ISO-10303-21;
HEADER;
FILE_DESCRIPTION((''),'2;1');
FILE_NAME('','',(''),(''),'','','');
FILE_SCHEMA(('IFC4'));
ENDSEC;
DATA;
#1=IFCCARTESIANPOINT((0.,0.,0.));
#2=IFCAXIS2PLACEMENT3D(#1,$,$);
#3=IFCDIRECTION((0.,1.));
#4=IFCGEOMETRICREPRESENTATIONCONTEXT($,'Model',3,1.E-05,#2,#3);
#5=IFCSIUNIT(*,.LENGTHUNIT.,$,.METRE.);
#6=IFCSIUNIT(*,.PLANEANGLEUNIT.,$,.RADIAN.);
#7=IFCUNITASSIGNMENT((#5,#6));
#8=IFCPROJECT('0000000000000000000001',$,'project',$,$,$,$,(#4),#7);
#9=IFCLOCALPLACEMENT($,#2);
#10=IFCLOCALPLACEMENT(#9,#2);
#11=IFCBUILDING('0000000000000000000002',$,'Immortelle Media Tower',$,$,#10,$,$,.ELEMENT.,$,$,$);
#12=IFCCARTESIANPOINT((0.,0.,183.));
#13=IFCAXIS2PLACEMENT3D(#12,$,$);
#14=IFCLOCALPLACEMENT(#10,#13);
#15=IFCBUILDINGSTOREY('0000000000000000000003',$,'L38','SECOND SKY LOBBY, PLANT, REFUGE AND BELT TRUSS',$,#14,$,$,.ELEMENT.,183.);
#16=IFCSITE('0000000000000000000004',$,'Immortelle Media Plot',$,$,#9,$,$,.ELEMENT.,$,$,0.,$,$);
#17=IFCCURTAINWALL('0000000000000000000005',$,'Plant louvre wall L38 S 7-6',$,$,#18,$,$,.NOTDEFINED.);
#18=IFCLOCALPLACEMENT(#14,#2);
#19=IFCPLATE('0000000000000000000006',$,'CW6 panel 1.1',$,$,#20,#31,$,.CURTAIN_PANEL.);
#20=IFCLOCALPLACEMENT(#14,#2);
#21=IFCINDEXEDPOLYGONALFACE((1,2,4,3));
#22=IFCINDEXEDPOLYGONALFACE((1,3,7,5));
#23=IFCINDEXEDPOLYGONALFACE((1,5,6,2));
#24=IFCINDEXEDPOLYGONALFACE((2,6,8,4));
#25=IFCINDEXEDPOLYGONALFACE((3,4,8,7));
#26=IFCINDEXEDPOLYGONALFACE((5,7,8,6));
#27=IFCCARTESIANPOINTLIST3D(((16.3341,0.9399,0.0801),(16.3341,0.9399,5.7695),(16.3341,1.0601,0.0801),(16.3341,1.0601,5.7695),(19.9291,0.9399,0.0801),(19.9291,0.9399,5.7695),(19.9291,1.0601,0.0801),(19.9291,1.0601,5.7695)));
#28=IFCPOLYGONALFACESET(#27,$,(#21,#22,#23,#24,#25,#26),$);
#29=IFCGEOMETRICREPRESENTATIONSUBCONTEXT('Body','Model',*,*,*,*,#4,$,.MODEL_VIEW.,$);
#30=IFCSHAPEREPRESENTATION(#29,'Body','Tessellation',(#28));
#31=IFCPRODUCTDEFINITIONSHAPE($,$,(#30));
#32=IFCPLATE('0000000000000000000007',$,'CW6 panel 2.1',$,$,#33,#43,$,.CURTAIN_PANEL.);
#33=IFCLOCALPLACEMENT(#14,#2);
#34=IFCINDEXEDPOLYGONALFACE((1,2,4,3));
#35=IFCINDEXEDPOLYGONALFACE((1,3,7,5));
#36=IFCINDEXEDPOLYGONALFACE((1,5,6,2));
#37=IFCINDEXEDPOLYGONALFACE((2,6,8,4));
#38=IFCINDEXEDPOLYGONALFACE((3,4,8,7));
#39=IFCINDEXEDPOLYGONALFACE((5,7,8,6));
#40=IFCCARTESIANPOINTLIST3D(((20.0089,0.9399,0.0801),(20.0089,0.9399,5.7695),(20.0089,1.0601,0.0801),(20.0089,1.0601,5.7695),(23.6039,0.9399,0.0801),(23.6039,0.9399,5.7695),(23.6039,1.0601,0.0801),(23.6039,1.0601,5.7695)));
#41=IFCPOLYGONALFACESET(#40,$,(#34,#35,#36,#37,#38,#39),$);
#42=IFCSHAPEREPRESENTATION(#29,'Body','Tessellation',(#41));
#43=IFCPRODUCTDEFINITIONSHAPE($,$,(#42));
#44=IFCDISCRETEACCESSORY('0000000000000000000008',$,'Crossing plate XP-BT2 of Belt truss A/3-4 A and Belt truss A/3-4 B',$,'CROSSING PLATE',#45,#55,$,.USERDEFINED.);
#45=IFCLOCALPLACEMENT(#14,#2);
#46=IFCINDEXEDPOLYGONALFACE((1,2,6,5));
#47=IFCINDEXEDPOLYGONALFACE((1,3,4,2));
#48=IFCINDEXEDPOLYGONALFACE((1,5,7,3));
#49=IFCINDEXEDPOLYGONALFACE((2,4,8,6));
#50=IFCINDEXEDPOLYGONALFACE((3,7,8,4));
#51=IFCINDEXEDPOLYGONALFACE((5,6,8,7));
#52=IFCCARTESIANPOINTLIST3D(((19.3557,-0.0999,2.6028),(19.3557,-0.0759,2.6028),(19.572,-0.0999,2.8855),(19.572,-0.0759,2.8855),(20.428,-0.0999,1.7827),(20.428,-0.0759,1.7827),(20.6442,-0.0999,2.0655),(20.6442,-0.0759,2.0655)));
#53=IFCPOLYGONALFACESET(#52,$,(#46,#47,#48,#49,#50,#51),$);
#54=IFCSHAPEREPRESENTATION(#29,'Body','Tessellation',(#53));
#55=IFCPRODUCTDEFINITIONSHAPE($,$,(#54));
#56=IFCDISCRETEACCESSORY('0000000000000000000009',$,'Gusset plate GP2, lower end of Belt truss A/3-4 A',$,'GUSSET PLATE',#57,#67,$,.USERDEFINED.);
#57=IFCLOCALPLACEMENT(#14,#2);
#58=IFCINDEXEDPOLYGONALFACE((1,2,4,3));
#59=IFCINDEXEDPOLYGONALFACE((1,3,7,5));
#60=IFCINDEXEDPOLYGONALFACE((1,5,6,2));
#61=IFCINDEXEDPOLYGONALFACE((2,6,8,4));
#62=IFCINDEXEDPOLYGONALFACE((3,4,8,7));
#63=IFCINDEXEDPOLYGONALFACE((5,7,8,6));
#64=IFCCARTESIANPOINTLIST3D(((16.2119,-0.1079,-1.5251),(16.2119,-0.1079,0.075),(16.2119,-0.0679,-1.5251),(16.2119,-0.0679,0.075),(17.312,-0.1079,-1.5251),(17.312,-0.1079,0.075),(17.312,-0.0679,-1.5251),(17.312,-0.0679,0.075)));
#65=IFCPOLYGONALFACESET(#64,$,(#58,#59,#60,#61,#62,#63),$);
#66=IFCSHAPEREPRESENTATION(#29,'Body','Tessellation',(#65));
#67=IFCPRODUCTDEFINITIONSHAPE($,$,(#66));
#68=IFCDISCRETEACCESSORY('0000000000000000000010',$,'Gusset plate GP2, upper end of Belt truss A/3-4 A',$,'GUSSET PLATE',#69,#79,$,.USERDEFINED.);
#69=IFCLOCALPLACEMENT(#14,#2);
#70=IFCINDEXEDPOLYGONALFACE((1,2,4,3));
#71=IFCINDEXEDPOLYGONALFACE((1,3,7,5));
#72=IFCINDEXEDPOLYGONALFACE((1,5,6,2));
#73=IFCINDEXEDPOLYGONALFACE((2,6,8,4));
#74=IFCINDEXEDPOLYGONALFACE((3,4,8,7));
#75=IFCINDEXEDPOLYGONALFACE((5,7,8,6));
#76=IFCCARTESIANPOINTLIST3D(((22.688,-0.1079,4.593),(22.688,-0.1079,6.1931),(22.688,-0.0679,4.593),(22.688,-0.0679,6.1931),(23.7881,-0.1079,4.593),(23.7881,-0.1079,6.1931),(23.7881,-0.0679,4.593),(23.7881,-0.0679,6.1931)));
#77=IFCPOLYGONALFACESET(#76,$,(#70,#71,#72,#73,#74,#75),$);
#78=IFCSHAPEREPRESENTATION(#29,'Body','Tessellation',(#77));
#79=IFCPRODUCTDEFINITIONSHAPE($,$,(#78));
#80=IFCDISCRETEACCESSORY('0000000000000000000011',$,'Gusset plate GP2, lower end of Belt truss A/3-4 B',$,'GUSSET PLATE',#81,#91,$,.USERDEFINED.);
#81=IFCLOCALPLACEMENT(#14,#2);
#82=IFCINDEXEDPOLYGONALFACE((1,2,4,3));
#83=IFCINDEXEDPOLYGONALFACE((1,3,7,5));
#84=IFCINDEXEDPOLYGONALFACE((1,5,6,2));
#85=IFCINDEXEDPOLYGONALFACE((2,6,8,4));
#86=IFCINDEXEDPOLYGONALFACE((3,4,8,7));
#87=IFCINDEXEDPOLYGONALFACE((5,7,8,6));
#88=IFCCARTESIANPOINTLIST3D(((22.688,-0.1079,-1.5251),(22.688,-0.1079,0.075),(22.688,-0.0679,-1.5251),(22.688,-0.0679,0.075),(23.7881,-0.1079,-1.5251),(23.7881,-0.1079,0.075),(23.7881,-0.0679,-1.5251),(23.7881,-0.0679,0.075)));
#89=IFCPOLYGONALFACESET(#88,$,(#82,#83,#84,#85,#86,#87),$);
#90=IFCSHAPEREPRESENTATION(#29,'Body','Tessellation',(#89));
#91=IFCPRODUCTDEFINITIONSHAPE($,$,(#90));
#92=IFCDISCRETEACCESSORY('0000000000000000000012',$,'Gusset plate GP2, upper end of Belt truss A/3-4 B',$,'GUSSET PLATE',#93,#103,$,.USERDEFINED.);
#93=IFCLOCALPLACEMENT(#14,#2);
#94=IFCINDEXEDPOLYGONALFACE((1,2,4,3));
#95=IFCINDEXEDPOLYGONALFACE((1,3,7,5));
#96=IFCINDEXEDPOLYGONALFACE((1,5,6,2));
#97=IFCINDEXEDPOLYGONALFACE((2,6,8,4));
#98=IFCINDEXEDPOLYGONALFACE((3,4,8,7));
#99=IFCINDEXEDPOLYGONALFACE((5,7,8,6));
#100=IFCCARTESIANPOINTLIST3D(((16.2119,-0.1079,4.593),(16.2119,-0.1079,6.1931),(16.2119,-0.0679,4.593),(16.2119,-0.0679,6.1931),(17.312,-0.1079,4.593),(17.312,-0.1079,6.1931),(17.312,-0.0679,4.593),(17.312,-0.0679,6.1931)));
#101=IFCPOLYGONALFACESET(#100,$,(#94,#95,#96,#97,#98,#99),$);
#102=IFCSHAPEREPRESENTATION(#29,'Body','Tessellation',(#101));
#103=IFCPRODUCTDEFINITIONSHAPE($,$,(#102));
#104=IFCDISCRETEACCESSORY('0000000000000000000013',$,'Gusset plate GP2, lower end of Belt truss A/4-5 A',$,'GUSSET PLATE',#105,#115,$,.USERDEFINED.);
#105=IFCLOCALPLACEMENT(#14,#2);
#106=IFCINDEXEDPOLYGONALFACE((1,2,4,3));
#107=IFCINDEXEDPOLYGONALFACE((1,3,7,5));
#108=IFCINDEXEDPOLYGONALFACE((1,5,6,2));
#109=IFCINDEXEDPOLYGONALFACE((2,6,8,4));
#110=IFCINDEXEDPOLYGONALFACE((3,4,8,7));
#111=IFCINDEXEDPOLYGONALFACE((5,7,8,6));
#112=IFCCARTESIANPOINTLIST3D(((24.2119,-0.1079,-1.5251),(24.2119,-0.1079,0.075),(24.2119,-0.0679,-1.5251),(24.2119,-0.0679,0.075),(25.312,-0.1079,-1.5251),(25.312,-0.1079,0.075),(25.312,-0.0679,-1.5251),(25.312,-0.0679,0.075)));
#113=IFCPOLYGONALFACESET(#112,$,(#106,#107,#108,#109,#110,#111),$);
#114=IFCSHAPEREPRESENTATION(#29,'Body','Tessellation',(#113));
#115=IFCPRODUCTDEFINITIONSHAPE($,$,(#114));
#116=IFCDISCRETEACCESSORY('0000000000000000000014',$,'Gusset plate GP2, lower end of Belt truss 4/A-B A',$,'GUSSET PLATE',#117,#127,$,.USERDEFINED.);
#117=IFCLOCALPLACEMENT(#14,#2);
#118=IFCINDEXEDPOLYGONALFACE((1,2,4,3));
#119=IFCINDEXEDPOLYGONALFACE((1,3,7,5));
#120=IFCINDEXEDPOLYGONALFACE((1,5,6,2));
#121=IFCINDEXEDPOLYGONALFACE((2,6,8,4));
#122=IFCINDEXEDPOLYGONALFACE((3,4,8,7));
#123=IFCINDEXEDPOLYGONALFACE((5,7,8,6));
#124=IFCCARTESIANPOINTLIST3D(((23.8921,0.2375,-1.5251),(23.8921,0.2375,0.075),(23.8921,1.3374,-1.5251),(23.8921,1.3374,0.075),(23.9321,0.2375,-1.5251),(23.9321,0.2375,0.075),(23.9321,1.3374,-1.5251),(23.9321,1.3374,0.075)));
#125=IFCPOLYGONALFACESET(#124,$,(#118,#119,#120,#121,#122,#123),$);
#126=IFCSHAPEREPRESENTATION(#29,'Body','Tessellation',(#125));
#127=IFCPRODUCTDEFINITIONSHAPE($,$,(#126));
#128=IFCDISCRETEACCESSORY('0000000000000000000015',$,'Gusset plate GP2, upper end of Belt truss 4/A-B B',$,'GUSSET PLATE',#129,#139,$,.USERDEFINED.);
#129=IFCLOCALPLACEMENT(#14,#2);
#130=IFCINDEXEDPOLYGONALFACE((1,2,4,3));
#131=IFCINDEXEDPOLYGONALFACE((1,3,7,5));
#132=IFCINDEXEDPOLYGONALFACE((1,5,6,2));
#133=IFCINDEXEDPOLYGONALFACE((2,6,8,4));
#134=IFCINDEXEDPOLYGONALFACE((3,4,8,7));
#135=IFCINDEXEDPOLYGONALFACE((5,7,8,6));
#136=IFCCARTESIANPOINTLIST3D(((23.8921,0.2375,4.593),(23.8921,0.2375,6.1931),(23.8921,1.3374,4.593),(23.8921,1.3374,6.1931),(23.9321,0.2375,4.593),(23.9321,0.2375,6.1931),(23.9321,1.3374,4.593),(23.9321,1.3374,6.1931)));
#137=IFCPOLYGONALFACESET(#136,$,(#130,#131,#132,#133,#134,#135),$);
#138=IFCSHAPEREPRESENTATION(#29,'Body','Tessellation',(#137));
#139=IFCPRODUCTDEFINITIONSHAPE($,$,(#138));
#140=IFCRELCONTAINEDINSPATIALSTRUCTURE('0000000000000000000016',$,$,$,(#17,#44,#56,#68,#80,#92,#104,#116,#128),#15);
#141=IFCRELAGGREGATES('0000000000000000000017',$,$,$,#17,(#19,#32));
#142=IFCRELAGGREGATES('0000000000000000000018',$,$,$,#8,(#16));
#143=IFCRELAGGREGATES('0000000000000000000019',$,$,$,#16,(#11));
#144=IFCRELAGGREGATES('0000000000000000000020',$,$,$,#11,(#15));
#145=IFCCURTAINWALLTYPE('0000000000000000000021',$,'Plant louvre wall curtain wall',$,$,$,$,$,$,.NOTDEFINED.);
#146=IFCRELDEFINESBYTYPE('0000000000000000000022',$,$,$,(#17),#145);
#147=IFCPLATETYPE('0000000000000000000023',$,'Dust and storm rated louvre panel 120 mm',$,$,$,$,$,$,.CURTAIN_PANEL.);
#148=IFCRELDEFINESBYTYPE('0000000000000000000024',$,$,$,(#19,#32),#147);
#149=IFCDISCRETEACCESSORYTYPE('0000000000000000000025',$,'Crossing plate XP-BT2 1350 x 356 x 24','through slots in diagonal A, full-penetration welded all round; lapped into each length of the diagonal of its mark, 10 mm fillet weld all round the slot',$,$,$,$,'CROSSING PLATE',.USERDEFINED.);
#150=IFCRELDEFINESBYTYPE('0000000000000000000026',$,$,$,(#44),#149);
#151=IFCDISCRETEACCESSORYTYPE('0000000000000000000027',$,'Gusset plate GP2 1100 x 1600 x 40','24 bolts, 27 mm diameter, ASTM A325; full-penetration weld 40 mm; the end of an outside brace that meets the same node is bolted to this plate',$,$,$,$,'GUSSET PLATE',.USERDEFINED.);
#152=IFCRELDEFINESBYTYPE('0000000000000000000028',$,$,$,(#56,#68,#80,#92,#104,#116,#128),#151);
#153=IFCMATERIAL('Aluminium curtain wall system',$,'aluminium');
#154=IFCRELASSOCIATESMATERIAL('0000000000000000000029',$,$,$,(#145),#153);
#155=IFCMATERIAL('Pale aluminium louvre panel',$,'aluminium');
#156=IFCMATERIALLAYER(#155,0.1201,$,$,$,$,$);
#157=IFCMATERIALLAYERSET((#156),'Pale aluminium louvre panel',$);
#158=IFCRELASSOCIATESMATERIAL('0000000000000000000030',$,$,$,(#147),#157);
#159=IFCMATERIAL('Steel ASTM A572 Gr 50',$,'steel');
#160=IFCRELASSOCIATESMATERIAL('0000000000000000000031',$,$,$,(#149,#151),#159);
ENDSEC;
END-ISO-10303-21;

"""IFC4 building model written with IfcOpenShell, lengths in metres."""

from ifc_helpers import new_model, si_unit, direction, frame, origin, origin_2d, place, context, subcontext, project, spatial, rectangle, extrude, material, layer, layer_set, material_profile, profile_set, type_object, element, aggregate, save


model = new_model("IFC4")

# Units and contexts
model_context = context("Model", 3, precision=1e-05, world=origin(), true_north=direction((0.0, 1.0)))
body_context = subcontext(model_context, "Body", "Model", "MODEL_VIEW")
ifc_project = project(units=[si_unit("LENGTHUNIT", "METRE"), si_unit("PLANEANGLEUNIT", "RADIAN")], contexts=[model_context])

# Site, building, storey
site_placement = place(None, origin())
site = spatial("IfcSite", under=ifc_project, at=site_placement, Name="Immortelle Media Plot", CompositionType="ELEMENT", RefElevation=0.0)
building_placement = place(site_placement, origin())
building = spatial("IfcBuilding", under=site, at=building_placement, Name="Immortelle Media Tower", CompositionType="ELEMENT")
storey_placement = place(building_placement, frame((0.0, 0.0, 183.0)))
storey = spatial("IfcBuildingStorey", under=building, at=storey_placement, Name="L38", Description="SECOND SKY LOBBY, PLANT, REFUGE AND BELT TRUSS", CompositionType="ELEMENT", Elevation=183.0)

# Curtain wall
ifc_material_1 = material(Name="Aluminium curtain wall system", Category="aluminium")
curtain_wall_type = type_object("IfcCurtainWallType", Name="Plant louvre wall curtain wall", PredefinedType="NOTDEFINED", material=ifc_material_1)
curtain_wall_placement = place(storey_placement, origin())
curtain_wall = element("IfcCurtainWall", 1, at=curtain_wall_placement, inside=storey, type_object=curtain_wall_type, Name="Plant louvre wall L38 S 7-6", PredefinedType="NOTDEFINED")

# Plates
ifc_material_2 = material(Name="Pale aluminium louvre panel", Category="aluminium")
ifc_layer = layer(ifc_material_2, 0.1201)
ifc_layer_set = layer_set([ifc_layer], Name="Pale aluminium louvre panel")
plate_type = type_object("IfcPlateType", Name="Dust and storm rated louvre panel 120 mm", PredefinedType="CURTAIN_PANEL", material=ifc_layer_set)
plate_1_placement = place(storey_placement, frame((18.1316, 1.0, 0.0801), z_axis=(0.0, 0.0, 1.0), x_axis=(1.0, 0.0, 0.0)))
plate_1 = element("IfcPlate", 2, at=plate_1_placement, type_object=plate_type, Name="CW6 panel 1.1", PredefinedType="CURTAIN_PANEL", context=body_context, shape_type="SweptSolid", body=[
    extrude(rectangle(XDim=3.595, YDim=0.1201, at=origin_2d()), origin(), (0.0, 0.0, 1.0), 5.6895),
])
plate_2_placement = place(storey_placement, frame((21.8064, 1.0, 0.0801), z_axis=(0.0, 0.0, 1.0), x_axis=(1.0, 0.0, 0.0)))
plate_2 = element("IfcPlate", 3, at=plate_2_placement, type_object=plate_type, Name="CW6 panel 2.1", PredefinedType="CURTAIN_PANEL", context=body_context, shape_type="SweptSolid", body=[
    extrude(rectangle(XDim=3.595, YDim=0.1201, at=origin_2d()), origin(), (0.0, 0.0, 1.0), 5.6895),
])
aggregate(curtain_wall, [plate_1, plate_2])

# Discrete accessories
ifc_material_3 = material(Name="Steel ASTM A572 Gr 50", Category="steel")
ifc_material_profile_1 = material_profile(ifc_material_3, rectangle(XDim=0.0239, YDim=0.356, at=origin_2d()), Name="PL 24 x 356")
ifc_profile_set_1 = profile_set([ifc_material_profile_1], Name="Steel ASTM A572 Gr 50")
discrete_accessory_type_1 = type_object("IfcDiscreteAccessoryType", Name="Crossing plate XP-BT2 1350 x 356 x 24", Description="through slots in diagonal A, full-penetration welded all round; lapped into each length of the diagonal of its mark, 10 mm fillet weld all round the slot", ElementType="CROSSING PLATE", PredefinedType="USERDEFINED", material=ifc_profile_set_1)
discrete_accessory_placement = place(storey_placement, frame((19.4639, -0.0879, 2.7441), z_axis=(0.794322, 0.0, -0.607497), x_axis=(0.0, 1.0, 0.0)))
element("IfcDiscreteAccessory", 4, at=discrete_accessory_placement, inside=storey, type_object=discrete_accessory_type_1, Name="Crossing plate XP-BT2 of Belt truss A/3-4 A and Belt truss A/3-4 B", ObjectType="CROSSING PLATE", PredefinedType="USERDEFINED", context=body_context, shape_type="SweptSolid", body=[
    extrude(rectangle(XDim=0.0239, YDim=0.356, at=origin_2d()), origin(), (0.0, 0.0, 1.0), 1.3499),
])
ifc_material_profile_2 = material_profile(ifc_material_3, rectangle(XDim=0.04, YDim=1.6001, at=origin_2d()), Name="PL 40 x 1600")
ifc_profile_set_2 = profile_set([ifc_material_profile_2], Name="Steel ASTM A572 Gr 50")
discrete_accessory_type_2 = type_object("IfcDiscreteAccessoryType", Name="Gusset plate GP2 1100 x 1600 x 40", Description="24 bolts, 27 mm diameter, ASTM A325; full-penetration weld 40 mm; the end of an outside brace that meets the same node is bolted to this plate", ElementType="GUSSET PLATE", PredefinedType="USERDEFINED", material=ifc_profile_set_2)
for number, where, z_axis, x_axis, name in (
    (5, (16.2119, -0.0879, -0.7251), (1.0, 0.0, 0.0), (0.0, 1.0, 0.0), "Gusset plate GP2, lower end of Belt truss A/3-4 A"),
    (6, (23.7881, -0.0879, 5.3931), (-1.0, 0.0, 0.0), (0.0, -1.0, 0.0), "Gusset plate GP2, upper end of Belt truss A/3-4 A"),
    (7, (23.7881, -0.0879, -0.7251), (-1.0, 0.0, 0.0), (0.0, -1.0, 0.0), "Gusset plate GP2, lower end of Belt truss A/3-4 B"),
    (8, (16.2119, -0.0879, 5.3931), (1.0, 0.0, 0.0), (0.0, 1.0, 0.0), "Gusset plate GP2, upper end of Belt truss A/3-4 B"),
    (9, (24.2119, -0.0879, -0.7251), (1.0, 0.0, 0.0), (0.0, 1.0, 0.0), "Gusset plate GP2, lower end of Belt truss A/4-5 A"),
):
    element("IfcDiscreteAccessory", number, at=place(storey_placement, frame(where, z_axis=z_axis, x_axis=x_axis)), inside=storey, type_object=discrete_accessory_type_2, Name=name, ObjectType="GUSSET PLATE", PredefinedType="USERDEFINED", context=body_context, shape_type="SweptSolid", body=[
        extrude(rectangle(XDim=0.04, YDim=1.6001, at=origin_2d()), origin(), (0.0, 0.0, 1.0), 1.1001),
    ])
for number, where, z_axis, x_axis, name in (
    (10, (23.9121, 0.2375, -0.7251), (0.0, 1.0, 0.0), (-1.0, 0.0, 0.0), "Gusset plate GP2, lower end of Belt truss 4/A-B A"),
    (11, (23.9121, 0.2375, 5.3931), (0.0, 1.0, 0.0), (-1.0, 0.0, 0.0), "Gusset plate GP2, upper end of Belt truss 4/A-B B"),
):
    element("IfcDiscreteAccessory", number, at=place(storey_placement, frame(where, z_axis=z_axis, x_axis=x_axis)), inside=storey, type_object=discrete_accessory_type_2, Name=name, ObjectType="GUSSET PLATE", PredefinedType="USERDEFINED", context=body_context, shape_type="SweptSolid", body=[
        extrude(rectangle(XDim=0.04, YDim=1.6001, at=origin_2d()), origin(), (0.0, 0.0, 1.0), 1.0999),
    ])

save(model, "model.ifc")
